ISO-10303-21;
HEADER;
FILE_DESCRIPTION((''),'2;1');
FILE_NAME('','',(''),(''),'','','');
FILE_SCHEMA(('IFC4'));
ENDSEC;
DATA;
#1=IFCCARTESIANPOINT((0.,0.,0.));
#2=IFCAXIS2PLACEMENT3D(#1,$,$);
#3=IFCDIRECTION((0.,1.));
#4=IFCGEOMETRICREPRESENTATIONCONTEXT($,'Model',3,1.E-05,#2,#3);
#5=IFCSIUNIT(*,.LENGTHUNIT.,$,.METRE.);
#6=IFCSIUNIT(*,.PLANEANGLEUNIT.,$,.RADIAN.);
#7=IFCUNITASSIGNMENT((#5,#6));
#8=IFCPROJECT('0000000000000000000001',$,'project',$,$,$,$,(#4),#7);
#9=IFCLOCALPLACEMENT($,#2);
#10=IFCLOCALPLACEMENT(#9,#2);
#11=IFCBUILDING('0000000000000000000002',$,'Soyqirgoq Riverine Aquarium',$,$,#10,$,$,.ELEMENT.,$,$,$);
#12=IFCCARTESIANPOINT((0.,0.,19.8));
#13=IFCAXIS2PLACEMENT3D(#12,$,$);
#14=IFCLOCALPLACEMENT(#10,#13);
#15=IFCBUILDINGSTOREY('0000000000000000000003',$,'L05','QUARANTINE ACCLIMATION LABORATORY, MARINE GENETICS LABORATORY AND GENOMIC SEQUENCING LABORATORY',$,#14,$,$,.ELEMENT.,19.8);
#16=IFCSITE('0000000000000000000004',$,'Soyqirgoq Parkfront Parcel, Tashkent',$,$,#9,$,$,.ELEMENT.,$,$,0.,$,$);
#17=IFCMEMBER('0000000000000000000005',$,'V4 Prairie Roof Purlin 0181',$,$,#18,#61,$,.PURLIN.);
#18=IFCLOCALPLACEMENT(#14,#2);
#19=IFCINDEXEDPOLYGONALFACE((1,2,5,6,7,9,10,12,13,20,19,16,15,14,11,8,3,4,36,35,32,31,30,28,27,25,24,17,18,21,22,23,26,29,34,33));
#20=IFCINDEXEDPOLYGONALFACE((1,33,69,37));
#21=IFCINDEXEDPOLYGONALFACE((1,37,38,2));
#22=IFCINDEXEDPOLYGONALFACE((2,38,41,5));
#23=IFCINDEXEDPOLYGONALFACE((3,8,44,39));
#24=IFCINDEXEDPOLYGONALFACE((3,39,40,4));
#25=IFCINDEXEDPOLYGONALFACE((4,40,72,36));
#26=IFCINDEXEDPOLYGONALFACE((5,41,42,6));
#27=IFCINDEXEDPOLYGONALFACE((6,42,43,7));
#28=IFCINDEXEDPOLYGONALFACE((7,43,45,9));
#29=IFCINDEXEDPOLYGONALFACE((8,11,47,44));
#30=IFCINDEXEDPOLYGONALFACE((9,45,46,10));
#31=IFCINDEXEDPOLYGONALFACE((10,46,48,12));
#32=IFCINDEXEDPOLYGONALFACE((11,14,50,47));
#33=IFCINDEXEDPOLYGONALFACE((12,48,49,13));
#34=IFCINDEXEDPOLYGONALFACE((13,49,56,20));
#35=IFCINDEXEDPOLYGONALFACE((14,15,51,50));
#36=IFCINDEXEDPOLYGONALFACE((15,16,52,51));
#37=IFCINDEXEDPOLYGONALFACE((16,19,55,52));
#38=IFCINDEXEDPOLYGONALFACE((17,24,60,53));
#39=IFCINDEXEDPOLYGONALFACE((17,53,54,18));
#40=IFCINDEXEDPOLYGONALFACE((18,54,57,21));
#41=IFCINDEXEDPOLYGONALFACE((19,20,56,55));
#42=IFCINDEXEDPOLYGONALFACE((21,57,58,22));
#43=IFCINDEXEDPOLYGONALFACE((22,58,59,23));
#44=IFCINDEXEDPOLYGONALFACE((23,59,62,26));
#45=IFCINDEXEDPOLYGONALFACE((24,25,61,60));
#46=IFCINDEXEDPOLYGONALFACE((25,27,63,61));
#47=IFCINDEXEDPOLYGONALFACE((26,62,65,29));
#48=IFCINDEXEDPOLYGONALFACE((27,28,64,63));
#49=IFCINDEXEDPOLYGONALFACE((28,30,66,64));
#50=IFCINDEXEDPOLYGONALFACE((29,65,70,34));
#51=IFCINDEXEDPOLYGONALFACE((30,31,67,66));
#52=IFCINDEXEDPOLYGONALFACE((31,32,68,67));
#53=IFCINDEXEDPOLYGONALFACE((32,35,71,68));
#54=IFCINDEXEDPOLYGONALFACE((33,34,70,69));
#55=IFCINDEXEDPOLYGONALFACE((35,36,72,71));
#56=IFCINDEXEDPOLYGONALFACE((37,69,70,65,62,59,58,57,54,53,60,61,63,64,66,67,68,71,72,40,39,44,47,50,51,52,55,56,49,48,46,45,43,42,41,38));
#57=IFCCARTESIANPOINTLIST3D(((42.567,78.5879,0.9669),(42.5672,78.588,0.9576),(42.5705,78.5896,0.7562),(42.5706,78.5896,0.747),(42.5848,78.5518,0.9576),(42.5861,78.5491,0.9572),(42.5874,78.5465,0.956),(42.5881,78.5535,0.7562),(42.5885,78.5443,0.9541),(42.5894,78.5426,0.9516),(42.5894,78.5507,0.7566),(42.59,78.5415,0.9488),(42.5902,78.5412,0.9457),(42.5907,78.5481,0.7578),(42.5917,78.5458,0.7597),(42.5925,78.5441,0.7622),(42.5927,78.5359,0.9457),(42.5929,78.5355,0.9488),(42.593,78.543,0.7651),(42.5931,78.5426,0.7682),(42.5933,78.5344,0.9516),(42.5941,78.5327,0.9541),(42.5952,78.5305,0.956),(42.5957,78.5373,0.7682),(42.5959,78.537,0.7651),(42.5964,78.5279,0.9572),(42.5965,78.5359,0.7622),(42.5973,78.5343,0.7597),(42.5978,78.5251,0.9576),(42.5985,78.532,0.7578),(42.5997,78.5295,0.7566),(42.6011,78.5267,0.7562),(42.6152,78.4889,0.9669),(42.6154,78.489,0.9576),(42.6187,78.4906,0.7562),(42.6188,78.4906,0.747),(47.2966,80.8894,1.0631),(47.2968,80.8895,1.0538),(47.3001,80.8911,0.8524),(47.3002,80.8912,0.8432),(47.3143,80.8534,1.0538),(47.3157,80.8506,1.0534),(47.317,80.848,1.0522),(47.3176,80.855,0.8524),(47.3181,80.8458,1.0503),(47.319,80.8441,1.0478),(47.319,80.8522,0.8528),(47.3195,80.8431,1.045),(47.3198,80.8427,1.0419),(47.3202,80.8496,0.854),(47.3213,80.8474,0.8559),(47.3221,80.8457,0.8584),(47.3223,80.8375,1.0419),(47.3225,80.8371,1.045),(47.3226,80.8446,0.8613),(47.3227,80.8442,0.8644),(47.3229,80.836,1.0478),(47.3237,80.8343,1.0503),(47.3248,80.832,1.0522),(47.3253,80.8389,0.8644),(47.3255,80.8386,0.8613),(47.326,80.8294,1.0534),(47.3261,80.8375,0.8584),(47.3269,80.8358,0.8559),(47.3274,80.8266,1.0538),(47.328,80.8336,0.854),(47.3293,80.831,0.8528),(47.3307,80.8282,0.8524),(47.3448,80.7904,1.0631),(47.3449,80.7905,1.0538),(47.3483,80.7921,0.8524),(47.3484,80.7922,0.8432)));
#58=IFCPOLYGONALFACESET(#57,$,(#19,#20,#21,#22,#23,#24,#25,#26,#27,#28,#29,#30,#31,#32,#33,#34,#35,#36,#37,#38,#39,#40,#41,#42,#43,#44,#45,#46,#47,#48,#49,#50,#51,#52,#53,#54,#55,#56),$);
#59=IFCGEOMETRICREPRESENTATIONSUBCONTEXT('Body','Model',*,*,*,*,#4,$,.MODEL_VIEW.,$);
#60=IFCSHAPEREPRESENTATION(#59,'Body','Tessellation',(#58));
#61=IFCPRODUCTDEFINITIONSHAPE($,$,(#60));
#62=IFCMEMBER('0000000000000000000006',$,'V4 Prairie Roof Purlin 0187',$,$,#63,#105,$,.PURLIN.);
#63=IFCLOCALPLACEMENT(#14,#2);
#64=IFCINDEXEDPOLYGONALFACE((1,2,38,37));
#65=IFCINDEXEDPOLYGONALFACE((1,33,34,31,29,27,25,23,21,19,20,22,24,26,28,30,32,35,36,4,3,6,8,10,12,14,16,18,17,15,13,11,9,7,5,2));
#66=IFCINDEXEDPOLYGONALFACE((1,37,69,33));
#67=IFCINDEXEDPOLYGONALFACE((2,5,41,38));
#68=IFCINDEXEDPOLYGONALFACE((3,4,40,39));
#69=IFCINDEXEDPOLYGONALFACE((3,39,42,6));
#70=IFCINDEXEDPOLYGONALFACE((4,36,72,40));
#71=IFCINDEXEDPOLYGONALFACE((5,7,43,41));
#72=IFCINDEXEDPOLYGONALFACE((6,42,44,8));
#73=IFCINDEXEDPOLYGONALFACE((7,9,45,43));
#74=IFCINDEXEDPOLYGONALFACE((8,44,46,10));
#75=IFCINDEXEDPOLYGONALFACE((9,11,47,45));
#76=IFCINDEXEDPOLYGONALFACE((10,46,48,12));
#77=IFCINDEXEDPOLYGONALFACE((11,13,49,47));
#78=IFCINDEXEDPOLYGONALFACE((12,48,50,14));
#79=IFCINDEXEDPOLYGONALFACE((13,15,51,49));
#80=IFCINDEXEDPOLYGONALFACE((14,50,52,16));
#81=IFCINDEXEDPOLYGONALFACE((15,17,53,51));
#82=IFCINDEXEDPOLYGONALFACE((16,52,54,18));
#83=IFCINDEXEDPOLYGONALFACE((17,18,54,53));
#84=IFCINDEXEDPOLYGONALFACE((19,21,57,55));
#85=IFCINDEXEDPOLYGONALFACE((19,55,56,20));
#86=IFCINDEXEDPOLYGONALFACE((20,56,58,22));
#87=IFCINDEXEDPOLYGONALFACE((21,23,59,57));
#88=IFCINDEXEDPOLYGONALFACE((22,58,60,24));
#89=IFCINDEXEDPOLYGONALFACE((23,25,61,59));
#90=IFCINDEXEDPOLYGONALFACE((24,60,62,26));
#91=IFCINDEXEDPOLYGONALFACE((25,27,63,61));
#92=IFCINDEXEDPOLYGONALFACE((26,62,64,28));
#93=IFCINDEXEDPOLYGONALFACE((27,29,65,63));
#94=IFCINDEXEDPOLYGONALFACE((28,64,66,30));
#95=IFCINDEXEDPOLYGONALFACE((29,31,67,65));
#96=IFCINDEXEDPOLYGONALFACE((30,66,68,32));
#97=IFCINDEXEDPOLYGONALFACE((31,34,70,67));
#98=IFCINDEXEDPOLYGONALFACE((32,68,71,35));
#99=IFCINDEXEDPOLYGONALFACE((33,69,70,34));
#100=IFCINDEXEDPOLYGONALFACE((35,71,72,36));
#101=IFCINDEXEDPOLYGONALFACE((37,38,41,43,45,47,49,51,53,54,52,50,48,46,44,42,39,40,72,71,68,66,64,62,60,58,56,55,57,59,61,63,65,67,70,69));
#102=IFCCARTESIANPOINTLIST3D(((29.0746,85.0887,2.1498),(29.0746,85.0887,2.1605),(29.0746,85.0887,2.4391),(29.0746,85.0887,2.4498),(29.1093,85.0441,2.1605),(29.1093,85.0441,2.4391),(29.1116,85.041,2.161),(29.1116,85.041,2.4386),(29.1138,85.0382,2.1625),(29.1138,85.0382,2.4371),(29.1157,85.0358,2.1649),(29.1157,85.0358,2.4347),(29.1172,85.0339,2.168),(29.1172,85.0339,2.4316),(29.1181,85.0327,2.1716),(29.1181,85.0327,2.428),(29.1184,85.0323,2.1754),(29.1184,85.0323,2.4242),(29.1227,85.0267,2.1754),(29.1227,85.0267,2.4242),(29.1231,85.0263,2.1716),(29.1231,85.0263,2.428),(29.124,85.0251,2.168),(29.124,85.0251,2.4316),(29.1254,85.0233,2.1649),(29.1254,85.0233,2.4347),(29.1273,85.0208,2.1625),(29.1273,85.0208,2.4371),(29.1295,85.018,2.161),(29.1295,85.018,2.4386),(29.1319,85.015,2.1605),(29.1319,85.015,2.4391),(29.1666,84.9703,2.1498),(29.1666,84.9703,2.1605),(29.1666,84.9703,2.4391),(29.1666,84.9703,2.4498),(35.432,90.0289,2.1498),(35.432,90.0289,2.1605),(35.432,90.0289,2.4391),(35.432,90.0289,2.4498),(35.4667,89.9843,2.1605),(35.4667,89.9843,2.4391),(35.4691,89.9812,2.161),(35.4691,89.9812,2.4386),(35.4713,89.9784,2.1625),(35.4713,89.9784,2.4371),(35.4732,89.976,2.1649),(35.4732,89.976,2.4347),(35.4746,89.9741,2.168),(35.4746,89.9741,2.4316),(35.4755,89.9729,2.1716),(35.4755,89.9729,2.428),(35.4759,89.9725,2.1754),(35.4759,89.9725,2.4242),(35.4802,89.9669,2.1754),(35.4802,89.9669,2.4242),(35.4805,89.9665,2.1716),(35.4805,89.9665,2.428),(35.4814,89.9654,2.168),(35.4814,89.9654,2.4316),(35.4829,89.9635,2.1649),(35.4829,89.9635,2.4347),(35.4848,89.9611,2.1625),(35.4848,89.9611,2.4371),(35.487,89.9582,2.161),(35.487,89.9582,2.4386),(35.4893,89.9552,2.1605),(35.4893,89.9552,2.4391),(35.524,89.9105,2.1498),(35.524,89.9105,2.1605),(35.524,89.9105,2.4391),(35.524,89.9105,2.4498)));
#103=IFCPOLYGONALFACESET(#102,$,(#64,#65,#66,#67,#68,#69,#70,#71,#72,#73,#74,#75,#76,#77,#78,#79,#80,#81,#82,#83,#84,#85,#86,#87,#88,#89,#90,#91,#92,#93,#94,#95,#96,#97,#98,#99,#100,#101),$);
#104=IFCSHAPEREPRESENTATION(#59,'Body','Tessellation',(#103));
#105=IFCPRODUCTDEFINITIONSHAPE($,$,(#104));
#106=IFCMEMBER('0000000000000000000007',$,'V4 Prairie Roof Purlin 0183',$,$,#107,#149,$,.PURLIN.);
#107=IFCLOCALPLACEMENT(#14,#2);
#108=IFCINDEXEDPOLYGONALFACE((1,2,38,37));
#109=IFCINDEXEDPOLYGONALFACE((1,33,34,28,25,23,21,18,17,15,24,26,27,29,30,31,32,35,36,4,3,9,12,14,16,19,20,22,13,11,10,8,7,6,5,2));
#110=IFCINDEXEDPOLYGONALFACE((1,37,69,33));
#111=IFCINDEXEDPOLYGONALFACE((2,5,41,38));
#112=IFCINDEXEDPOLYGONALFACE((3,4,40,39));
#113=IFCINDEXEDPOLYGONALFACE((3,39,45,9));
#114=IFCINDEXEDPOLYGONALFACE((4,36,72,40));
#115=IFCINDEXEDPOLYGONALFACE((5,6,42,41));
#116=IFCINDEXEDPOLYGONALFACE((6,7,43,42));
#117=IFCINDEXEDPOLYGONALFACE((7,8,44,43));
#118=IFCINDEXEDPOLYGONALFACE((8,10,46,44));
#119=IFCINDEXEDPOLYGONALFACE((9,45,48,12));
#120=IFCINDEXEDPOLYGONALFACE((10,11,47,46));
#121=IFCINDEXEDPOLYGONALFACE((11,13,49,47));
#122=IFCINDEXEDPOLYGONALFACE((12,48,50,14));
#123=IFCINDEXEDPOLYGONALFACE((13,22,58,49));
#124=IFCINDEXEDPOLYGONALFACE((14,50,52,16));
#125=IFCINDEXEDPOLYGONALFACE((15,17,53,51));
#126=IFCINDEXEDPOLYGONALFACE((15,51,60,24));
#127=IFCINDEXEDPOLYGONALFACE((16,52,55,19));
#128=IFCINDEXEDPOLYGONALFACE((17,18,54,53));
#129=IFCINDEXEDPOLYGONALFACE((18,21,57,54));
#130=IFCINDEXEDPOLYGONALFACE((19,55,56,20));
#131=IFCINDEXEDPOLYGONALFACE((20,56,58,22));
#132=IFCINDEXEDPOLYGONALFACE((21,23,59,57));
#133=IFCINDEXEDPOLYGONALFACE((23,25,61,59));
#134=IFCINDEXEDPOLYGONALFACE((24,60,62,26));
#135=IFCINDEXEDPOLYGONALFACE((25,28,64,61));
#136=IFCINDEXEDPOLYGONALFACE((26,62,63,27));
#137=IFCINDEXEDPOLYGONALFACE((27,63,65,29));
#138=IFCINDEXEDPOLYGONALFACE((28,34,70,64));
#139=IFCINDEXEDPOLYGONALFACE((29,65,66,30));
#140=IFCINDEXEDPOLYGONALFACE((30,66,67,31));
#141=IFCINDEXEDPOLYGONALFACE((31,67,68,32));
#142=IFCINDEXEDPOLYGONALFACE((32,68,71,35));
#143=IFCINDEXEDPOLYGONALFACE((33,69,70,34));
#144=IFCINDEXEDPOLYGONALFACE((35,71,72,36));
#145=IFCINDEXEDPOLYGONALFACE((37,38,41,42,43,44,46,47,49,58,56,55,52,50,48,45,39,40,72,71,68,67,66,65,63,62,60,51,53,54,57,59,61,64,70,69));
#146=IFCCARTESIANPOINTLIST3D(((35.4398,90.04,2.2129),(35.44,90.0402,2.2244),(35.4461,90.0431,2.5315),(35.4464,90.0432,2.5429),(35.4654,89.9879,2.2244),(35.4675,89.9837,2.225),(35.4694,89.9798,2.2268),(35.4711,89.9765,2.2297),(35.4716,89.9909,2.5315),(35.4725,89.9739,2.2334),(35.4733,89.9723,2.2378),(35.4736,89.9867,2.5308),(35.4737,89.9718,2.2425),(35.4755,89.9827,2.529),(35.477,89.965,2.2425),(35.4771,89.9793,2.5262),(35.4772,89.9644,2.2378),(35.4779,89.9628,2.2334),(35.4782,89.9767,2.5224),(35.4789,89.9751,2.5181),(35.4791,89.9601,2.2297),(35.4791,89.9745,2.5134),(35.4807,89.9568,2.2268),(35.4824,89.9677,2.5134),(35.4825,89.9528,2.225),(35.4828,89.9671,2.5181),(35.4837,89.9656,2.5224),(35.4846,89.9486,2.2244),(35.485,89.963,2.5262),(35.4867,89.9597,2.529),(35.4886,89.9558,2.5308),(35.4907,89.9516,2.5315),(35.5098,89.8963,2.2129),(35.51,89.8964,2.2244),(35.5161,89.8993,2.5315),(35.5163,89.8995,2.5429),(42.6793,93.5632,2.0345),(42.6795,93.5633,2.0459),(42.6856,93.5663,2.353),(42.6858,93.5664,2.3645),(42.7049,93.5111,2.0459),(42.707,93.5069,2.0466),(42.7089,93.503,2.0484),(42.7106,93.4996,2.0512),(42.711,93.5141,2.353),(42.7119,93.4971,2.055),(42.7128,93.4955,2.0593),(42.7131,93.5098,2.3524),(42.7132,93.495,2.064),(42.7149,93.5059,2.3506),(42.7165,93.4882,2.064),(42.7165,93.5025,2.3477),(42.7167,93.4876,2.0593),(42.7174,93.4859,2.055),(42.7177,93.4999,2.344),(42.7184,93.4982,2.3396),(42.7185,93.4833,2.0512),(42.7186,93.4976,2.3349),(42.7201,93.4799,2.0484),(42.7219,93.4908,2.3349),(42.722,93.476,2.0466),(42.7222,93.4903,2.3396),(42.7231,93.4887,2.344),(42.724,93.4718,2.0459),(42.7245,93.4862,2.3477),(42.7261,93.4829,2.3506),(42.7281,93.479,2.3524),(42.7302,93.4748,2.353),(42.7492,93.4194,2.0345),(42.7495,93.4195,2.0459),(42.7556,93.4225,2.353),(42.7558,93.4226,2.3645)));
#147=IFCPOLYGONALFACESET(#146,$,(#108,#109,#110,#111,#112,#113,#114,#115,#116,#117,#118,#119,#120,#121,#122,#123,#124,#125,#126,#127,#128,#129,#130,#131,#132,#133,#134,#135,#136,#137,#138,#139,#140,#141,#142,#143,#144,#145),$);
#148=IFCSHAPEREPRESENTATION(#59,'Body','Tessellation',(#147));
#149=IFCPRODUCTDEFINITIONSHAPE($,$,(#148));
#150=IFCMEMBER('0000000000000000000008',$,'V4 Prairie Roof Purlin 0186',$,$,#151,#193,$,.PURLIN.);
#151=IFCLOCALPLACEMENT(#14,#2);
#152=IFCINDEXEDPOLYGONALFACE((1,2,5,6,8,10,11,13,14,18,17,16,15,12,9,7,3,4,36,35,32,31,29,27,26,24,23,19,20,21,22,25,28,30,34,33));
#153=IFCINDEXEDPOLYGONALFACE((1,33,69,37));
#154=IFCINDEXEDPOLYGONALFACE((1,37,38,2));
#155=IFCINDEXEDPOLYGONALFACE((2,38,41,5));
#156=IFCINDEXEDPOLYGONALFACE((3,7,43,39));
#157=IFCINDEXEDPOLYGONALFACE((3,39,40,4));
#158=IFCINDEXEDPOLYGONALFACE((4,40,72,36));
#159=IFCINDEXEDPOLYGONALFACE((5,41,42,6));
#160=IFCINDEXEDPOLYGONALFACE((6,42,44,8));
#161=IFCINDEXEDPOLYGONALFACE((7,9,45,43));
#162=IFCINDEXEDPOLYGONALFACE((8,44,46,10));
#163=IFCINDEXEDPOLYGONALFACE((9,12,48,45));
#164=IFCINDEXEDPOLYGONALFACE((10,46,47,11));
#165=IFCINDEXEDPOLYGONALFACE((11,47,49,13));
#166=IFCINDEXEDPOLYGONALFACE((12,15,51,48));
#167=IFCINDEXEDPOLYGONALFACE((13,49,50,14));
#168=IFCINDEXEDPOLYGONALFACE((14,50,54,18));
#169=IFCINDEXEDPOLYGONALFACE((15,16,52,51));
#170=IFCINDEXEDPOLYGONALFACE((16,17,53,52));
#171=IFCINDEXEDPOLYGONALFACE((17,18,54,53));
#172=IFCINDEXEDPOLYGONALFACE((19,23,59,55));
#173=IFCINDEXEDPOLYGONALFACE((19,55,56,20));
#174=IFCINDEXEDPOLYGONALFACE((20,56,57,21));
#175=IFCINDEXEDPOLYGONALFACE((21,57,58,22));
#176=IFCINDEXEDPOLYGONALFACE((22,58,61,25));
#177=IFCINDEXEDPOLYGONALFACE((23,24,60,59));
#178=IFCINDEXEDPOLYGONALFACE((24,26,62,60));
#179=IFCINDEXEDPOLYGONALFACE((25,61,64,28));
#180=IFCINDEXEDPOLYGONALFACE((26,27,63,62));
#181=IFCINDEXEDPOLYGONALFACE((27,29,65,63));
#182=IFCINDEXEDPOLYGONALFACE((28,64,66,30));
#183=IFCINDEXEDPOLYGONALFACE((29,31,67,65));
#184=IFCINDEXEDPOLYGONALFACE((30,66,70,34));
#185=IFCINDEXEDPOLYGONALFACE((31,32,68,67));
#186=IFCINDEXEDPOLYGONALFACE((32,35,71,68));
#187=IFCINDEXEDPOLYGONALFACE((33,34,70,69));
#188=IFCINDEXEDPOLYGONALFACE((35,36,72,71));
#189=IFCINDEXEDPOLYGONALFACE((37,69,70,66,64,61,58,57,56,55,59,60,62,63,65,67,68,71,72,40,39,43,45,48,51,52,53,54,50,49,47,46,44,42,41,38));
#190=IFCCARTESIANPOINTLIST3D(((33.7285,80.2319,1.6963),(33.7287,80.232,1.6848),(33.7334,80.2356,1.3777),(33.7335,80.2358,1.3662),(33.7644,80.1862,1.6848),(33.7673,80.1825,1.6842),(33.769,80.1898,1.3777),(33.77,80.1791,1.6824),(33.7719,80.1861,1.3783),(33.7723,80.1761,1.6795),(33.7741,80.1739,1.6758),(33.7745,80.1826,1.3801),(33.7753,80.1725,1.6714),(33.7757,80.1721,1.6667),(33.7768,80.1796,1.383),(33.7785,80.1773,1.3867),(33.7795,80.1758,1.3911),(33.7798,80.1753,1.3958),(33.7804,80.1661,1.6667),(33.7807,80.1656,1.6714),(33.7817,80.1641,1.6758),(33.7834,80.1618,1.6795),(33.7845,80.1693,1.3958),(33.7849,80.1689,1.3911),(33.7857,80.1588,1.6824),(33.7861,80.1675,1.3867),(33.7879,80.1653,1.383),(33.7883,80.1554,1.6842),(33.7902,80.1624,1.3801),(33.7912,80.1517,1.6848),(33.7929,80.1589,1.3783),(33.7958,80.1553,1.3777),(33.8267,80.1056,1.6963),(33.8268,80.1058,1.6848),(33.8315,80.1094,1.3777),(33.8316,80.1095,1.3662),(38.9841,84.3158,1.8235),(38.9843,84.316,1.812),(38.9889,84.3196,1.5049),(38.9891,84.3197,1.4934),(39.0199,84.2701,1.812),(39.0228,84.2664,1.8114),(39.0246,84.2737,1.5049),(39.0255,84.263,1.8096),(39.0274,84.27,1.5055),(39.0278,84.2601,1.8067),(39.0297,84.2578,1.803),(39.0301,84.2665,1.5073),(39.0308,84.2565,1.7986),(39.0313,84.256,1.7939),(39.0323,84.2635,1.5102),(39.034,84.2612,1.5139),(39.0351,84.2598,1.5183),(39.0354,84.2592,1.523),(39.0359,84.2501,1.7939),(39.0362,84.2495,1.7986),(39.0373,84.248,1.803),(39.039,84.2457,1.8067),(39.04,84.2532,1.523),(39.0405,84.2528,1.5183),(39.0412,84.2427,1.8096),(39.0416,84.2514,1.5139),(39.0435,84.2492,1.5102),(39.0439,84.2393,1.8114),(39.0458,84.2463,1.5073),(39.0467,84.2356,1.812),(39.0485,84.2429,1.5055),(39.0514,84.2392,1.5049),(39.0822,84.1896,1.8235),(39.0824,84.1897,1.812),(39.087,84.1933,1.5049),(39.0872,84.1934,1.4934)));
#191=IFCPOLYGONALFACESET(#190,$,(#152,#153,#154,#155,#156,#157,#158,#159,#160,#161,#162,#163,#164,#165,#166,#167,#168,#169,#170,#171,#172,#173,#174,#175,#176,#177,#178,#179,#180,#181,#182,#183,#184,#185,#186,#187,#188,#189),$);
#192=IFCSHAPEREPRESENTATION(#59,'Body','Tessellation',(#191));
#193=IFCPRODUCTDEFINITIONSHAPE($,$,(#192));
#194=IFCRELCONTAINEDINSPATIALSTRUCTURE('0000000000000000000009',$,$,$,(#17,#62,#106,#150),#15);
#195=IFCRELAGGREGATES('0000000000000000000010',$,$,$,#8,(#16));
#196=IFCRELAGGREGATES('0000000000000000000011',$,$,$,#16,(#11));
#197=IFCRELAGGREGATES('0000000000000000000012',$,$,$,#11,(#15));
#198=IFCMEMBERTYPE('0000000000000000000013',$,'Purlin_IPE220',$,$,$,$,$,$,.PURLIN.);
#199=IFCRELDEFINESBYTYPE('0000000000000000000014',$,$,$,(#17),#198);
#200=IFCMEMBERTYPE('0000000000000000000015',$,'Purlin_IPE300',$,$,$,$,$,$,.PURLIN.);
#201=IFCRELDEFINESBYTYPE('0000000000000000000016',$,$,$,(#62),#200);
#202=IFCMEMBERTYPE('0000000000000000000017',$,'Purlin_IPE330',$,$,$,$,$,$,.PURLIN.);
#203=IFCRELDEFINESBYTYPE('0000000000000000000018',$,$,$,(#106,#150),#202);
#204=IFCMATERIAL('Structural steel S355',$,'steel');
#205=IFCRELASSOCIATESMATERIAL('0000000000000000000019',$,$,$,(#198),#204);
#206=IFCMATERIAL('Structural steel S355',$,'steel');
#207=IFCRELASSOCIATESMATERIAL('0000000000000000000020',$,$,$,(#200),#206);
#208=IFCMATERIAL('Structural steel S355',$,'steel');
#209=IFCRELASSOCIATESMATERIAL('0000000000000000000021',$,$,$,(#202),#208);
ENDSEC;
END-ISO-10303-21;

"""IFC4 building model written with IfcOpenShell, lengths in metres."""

from ifc_helpers import new_model, si_unit, direction, frame, origin, origin_2d, place, context, subcontext, project, spatial, i_section, extrude, material, material_profile, profile_set, type_object, element, save


model = new_model("IFC4")

# Units and contexts
model_context = context("Model", 3, precision=1e-05, world=origin(), true_north=direction((0.0, 1.0)))
body_context = subcontext(model_context, "Body", "Model", "MODEL_VIEW")
ifc_project = project(units=[si_unit("LENGTHUNIT", "METRE"), si_unit("PLANEANGLEUNIT", "RADIAN")], contexts=[model_context])

# Site, building, storey
site_placement = place(None, origin())
site = spatial("IfcSite", under=ifc_project, at=site_placement, Name="Soyqirgoq Parkfront Parcel, Tashkent", CompositionType="ELEMENT", RefElevation=0.0)
building_placement = place(site_placement, origin())
building = spatial("IfcBuilding", under=site, at=building_placement, Name="Soyqirgoq Riverine Aquarium", CompositionType="ELEMENT")
storey_placement = place(building_placement, frame((0.0, 0.0, 19.8)))
storey = spatial("IfcBuildingStorey", under=building, at=storey_placement, Name="L05", Description="QUARANTINE ACCLIMATION LABORATORY, MARINE GENETICS LABORATORY AND GENOMIC SEQUENCING LABORATORY", CompositionType="ELEMENT", Elevation=19.8)

# Members
ifc_material_1 = material(Name="Structural steel S355", Category="steel")
ifc_material_profile_1 = material_profile(ifc_material_1, i_section(OverallWidth=0.1101, OverallDepth=0.22, WebThickness=0.0059, FlangeThickness=0.0093, FilletRadius=0.012, at=origin_2d()), Name="IPE 220")
ifc_profile_set_1 = profile_set([ifc_material_profile_1], Name="Structural steel S355")
member_type_1 = type_object("IfcMemberType", Name="Purlin_IPE220", PredefinedType="PURLIN", material=ifc_profile_set_1)
member_1_placement = place(storey_placement, frame((47.3225, 80.8408, 0.9531), z_axis=(-0.899034, -0.437497, -0.018285), x_axis=(0.43757, -0.899184, 0.0)))
element("IfcMember", 1, at=member_1_placement, inside=storey, type_object=member_type_1, Name="V4 Prairie Roof Purlin 0181", PredefinedType="PURLIN", context=body_context, shape_type="SweptSolid", body=[
    extrude(i_section(OverallWidth=0.1101, OverallDepth=0.22, WebThickness=0.0059, FlangeThickness=0.0093, FilletRadius=0.012, at=origin_2d()), origin(), (0.0, 0.0, 1.0), 5.2607),
])
ifc_material_2 = material(Name="Structural steel S355", Category="steel")
ifc_material_profile_2 = material_profile(ifc_material_2, i_section(OverallWidth=0.1499, OverallDepth=0.3, WebThickness=0.0071, FlangeThickness=0.0107, FilletRadius=0.0149, at=origin_2d()), Name="IPE 300")
ifc_profile_set_2 = profile_set([ifc_material_profile_2], Name="Structural steel S355")
member_type_2 = type_object("IfcMemberType", Name="Purlin_IPE300", PredefinedType="PURLIN", material=ifc_profile_set_2)
member_2_placement = place(storey_placement, frame((35.478, 89.9697, 2.2998), z_axis=(-0.789622, -0.613594, 0.0), x_axis=(0.613594, -0.789622, 0.0)))
element("IfcMember", 2, at=member_2_placement, inside=storey, type_object=member_type_2, Name="V4 Prairie Roof Purlin 0187", PredefinedType="PURLIN", context=body_context, shape_type="SweptSolid", body=[
    extrude(i_section(OverallWidth=0.1499, OverallDepth=0.3, WebThickness=0.0071, FlangeThickness=0.0107, FilletRadius=0.0149, at=origin_2d()), origin(), (0.0, 0.0, 1.0), 8.0513),
])
ifc_material_3 = material(Name="Structural steel S355", Category="steel")
ifc_material_profile_3 = material_profile(ifc_material_3, i_section(OverallWidth=0.1599, OverallDepth=0.3301, WebThickness=0.0076, FlangeThickness=0.0115, FilletRadius=0.0181, at=origin_2d()), Name="IPE 330")
ifc_profile_set_3 = profile_set([ifc_material_profile_3], Name="Structural steel S355")
member_type_3 = type_object("IfcMemberType", Name="Purlin_IPE330", PredefinedType="PURLIN", material=ifc_profile_set_3)
member_3_placement = place(storey_placement, frame((42.7175, 93.4929, 2.1995), z_axis=(-0.898952, -0.437486, 0.022161), x_axis=(0.437594, -0.899173, 0.0)))
element("IfcMember", 3, at=member_3_placement, inside=storey, type_object=member_type_3, Name="V4 Prairie Roof Purlin 0183", PredefinedType="PURLIN", context=body_context, shape_type="SweptSolid", body=[
    extrude(i_section(OverallWidth=0.1599, OverallDepth=0.3301, WebThickness=0.0076, FlangeThickness=0.0115, FilletRadius=0.0181, at=origin_2d()), origin(), (0.0, 0.0, 1.0), 8.0532),
])
member_4_placement = place(storey_placement, frame((39.0356, 84.2546, 1.6584), z_axis=(-0.789479, -0.613481, -0.019107), x_axis=(0.613593, -0.789623, 0.0)))
element("IfcMember", 4, at=member_4_placement, inside=storey, type_object=member_type_3, Name="V4 Prairie Roof Purlin 0186", PredefinedType="PURLIN", context=body_context, shape_type="SweptSolid", body=[
    extrude(i_section(OverallWidth=0.1599, OverallDepth=0.3301, WebThickness=0.0076, FlangeThickness=0.0115, FilletRadius=0.0181, at=origin_2d()), origin(), (0.0, 0.0, 1.0), 6.657),
])

save(model, "model.ifc")
